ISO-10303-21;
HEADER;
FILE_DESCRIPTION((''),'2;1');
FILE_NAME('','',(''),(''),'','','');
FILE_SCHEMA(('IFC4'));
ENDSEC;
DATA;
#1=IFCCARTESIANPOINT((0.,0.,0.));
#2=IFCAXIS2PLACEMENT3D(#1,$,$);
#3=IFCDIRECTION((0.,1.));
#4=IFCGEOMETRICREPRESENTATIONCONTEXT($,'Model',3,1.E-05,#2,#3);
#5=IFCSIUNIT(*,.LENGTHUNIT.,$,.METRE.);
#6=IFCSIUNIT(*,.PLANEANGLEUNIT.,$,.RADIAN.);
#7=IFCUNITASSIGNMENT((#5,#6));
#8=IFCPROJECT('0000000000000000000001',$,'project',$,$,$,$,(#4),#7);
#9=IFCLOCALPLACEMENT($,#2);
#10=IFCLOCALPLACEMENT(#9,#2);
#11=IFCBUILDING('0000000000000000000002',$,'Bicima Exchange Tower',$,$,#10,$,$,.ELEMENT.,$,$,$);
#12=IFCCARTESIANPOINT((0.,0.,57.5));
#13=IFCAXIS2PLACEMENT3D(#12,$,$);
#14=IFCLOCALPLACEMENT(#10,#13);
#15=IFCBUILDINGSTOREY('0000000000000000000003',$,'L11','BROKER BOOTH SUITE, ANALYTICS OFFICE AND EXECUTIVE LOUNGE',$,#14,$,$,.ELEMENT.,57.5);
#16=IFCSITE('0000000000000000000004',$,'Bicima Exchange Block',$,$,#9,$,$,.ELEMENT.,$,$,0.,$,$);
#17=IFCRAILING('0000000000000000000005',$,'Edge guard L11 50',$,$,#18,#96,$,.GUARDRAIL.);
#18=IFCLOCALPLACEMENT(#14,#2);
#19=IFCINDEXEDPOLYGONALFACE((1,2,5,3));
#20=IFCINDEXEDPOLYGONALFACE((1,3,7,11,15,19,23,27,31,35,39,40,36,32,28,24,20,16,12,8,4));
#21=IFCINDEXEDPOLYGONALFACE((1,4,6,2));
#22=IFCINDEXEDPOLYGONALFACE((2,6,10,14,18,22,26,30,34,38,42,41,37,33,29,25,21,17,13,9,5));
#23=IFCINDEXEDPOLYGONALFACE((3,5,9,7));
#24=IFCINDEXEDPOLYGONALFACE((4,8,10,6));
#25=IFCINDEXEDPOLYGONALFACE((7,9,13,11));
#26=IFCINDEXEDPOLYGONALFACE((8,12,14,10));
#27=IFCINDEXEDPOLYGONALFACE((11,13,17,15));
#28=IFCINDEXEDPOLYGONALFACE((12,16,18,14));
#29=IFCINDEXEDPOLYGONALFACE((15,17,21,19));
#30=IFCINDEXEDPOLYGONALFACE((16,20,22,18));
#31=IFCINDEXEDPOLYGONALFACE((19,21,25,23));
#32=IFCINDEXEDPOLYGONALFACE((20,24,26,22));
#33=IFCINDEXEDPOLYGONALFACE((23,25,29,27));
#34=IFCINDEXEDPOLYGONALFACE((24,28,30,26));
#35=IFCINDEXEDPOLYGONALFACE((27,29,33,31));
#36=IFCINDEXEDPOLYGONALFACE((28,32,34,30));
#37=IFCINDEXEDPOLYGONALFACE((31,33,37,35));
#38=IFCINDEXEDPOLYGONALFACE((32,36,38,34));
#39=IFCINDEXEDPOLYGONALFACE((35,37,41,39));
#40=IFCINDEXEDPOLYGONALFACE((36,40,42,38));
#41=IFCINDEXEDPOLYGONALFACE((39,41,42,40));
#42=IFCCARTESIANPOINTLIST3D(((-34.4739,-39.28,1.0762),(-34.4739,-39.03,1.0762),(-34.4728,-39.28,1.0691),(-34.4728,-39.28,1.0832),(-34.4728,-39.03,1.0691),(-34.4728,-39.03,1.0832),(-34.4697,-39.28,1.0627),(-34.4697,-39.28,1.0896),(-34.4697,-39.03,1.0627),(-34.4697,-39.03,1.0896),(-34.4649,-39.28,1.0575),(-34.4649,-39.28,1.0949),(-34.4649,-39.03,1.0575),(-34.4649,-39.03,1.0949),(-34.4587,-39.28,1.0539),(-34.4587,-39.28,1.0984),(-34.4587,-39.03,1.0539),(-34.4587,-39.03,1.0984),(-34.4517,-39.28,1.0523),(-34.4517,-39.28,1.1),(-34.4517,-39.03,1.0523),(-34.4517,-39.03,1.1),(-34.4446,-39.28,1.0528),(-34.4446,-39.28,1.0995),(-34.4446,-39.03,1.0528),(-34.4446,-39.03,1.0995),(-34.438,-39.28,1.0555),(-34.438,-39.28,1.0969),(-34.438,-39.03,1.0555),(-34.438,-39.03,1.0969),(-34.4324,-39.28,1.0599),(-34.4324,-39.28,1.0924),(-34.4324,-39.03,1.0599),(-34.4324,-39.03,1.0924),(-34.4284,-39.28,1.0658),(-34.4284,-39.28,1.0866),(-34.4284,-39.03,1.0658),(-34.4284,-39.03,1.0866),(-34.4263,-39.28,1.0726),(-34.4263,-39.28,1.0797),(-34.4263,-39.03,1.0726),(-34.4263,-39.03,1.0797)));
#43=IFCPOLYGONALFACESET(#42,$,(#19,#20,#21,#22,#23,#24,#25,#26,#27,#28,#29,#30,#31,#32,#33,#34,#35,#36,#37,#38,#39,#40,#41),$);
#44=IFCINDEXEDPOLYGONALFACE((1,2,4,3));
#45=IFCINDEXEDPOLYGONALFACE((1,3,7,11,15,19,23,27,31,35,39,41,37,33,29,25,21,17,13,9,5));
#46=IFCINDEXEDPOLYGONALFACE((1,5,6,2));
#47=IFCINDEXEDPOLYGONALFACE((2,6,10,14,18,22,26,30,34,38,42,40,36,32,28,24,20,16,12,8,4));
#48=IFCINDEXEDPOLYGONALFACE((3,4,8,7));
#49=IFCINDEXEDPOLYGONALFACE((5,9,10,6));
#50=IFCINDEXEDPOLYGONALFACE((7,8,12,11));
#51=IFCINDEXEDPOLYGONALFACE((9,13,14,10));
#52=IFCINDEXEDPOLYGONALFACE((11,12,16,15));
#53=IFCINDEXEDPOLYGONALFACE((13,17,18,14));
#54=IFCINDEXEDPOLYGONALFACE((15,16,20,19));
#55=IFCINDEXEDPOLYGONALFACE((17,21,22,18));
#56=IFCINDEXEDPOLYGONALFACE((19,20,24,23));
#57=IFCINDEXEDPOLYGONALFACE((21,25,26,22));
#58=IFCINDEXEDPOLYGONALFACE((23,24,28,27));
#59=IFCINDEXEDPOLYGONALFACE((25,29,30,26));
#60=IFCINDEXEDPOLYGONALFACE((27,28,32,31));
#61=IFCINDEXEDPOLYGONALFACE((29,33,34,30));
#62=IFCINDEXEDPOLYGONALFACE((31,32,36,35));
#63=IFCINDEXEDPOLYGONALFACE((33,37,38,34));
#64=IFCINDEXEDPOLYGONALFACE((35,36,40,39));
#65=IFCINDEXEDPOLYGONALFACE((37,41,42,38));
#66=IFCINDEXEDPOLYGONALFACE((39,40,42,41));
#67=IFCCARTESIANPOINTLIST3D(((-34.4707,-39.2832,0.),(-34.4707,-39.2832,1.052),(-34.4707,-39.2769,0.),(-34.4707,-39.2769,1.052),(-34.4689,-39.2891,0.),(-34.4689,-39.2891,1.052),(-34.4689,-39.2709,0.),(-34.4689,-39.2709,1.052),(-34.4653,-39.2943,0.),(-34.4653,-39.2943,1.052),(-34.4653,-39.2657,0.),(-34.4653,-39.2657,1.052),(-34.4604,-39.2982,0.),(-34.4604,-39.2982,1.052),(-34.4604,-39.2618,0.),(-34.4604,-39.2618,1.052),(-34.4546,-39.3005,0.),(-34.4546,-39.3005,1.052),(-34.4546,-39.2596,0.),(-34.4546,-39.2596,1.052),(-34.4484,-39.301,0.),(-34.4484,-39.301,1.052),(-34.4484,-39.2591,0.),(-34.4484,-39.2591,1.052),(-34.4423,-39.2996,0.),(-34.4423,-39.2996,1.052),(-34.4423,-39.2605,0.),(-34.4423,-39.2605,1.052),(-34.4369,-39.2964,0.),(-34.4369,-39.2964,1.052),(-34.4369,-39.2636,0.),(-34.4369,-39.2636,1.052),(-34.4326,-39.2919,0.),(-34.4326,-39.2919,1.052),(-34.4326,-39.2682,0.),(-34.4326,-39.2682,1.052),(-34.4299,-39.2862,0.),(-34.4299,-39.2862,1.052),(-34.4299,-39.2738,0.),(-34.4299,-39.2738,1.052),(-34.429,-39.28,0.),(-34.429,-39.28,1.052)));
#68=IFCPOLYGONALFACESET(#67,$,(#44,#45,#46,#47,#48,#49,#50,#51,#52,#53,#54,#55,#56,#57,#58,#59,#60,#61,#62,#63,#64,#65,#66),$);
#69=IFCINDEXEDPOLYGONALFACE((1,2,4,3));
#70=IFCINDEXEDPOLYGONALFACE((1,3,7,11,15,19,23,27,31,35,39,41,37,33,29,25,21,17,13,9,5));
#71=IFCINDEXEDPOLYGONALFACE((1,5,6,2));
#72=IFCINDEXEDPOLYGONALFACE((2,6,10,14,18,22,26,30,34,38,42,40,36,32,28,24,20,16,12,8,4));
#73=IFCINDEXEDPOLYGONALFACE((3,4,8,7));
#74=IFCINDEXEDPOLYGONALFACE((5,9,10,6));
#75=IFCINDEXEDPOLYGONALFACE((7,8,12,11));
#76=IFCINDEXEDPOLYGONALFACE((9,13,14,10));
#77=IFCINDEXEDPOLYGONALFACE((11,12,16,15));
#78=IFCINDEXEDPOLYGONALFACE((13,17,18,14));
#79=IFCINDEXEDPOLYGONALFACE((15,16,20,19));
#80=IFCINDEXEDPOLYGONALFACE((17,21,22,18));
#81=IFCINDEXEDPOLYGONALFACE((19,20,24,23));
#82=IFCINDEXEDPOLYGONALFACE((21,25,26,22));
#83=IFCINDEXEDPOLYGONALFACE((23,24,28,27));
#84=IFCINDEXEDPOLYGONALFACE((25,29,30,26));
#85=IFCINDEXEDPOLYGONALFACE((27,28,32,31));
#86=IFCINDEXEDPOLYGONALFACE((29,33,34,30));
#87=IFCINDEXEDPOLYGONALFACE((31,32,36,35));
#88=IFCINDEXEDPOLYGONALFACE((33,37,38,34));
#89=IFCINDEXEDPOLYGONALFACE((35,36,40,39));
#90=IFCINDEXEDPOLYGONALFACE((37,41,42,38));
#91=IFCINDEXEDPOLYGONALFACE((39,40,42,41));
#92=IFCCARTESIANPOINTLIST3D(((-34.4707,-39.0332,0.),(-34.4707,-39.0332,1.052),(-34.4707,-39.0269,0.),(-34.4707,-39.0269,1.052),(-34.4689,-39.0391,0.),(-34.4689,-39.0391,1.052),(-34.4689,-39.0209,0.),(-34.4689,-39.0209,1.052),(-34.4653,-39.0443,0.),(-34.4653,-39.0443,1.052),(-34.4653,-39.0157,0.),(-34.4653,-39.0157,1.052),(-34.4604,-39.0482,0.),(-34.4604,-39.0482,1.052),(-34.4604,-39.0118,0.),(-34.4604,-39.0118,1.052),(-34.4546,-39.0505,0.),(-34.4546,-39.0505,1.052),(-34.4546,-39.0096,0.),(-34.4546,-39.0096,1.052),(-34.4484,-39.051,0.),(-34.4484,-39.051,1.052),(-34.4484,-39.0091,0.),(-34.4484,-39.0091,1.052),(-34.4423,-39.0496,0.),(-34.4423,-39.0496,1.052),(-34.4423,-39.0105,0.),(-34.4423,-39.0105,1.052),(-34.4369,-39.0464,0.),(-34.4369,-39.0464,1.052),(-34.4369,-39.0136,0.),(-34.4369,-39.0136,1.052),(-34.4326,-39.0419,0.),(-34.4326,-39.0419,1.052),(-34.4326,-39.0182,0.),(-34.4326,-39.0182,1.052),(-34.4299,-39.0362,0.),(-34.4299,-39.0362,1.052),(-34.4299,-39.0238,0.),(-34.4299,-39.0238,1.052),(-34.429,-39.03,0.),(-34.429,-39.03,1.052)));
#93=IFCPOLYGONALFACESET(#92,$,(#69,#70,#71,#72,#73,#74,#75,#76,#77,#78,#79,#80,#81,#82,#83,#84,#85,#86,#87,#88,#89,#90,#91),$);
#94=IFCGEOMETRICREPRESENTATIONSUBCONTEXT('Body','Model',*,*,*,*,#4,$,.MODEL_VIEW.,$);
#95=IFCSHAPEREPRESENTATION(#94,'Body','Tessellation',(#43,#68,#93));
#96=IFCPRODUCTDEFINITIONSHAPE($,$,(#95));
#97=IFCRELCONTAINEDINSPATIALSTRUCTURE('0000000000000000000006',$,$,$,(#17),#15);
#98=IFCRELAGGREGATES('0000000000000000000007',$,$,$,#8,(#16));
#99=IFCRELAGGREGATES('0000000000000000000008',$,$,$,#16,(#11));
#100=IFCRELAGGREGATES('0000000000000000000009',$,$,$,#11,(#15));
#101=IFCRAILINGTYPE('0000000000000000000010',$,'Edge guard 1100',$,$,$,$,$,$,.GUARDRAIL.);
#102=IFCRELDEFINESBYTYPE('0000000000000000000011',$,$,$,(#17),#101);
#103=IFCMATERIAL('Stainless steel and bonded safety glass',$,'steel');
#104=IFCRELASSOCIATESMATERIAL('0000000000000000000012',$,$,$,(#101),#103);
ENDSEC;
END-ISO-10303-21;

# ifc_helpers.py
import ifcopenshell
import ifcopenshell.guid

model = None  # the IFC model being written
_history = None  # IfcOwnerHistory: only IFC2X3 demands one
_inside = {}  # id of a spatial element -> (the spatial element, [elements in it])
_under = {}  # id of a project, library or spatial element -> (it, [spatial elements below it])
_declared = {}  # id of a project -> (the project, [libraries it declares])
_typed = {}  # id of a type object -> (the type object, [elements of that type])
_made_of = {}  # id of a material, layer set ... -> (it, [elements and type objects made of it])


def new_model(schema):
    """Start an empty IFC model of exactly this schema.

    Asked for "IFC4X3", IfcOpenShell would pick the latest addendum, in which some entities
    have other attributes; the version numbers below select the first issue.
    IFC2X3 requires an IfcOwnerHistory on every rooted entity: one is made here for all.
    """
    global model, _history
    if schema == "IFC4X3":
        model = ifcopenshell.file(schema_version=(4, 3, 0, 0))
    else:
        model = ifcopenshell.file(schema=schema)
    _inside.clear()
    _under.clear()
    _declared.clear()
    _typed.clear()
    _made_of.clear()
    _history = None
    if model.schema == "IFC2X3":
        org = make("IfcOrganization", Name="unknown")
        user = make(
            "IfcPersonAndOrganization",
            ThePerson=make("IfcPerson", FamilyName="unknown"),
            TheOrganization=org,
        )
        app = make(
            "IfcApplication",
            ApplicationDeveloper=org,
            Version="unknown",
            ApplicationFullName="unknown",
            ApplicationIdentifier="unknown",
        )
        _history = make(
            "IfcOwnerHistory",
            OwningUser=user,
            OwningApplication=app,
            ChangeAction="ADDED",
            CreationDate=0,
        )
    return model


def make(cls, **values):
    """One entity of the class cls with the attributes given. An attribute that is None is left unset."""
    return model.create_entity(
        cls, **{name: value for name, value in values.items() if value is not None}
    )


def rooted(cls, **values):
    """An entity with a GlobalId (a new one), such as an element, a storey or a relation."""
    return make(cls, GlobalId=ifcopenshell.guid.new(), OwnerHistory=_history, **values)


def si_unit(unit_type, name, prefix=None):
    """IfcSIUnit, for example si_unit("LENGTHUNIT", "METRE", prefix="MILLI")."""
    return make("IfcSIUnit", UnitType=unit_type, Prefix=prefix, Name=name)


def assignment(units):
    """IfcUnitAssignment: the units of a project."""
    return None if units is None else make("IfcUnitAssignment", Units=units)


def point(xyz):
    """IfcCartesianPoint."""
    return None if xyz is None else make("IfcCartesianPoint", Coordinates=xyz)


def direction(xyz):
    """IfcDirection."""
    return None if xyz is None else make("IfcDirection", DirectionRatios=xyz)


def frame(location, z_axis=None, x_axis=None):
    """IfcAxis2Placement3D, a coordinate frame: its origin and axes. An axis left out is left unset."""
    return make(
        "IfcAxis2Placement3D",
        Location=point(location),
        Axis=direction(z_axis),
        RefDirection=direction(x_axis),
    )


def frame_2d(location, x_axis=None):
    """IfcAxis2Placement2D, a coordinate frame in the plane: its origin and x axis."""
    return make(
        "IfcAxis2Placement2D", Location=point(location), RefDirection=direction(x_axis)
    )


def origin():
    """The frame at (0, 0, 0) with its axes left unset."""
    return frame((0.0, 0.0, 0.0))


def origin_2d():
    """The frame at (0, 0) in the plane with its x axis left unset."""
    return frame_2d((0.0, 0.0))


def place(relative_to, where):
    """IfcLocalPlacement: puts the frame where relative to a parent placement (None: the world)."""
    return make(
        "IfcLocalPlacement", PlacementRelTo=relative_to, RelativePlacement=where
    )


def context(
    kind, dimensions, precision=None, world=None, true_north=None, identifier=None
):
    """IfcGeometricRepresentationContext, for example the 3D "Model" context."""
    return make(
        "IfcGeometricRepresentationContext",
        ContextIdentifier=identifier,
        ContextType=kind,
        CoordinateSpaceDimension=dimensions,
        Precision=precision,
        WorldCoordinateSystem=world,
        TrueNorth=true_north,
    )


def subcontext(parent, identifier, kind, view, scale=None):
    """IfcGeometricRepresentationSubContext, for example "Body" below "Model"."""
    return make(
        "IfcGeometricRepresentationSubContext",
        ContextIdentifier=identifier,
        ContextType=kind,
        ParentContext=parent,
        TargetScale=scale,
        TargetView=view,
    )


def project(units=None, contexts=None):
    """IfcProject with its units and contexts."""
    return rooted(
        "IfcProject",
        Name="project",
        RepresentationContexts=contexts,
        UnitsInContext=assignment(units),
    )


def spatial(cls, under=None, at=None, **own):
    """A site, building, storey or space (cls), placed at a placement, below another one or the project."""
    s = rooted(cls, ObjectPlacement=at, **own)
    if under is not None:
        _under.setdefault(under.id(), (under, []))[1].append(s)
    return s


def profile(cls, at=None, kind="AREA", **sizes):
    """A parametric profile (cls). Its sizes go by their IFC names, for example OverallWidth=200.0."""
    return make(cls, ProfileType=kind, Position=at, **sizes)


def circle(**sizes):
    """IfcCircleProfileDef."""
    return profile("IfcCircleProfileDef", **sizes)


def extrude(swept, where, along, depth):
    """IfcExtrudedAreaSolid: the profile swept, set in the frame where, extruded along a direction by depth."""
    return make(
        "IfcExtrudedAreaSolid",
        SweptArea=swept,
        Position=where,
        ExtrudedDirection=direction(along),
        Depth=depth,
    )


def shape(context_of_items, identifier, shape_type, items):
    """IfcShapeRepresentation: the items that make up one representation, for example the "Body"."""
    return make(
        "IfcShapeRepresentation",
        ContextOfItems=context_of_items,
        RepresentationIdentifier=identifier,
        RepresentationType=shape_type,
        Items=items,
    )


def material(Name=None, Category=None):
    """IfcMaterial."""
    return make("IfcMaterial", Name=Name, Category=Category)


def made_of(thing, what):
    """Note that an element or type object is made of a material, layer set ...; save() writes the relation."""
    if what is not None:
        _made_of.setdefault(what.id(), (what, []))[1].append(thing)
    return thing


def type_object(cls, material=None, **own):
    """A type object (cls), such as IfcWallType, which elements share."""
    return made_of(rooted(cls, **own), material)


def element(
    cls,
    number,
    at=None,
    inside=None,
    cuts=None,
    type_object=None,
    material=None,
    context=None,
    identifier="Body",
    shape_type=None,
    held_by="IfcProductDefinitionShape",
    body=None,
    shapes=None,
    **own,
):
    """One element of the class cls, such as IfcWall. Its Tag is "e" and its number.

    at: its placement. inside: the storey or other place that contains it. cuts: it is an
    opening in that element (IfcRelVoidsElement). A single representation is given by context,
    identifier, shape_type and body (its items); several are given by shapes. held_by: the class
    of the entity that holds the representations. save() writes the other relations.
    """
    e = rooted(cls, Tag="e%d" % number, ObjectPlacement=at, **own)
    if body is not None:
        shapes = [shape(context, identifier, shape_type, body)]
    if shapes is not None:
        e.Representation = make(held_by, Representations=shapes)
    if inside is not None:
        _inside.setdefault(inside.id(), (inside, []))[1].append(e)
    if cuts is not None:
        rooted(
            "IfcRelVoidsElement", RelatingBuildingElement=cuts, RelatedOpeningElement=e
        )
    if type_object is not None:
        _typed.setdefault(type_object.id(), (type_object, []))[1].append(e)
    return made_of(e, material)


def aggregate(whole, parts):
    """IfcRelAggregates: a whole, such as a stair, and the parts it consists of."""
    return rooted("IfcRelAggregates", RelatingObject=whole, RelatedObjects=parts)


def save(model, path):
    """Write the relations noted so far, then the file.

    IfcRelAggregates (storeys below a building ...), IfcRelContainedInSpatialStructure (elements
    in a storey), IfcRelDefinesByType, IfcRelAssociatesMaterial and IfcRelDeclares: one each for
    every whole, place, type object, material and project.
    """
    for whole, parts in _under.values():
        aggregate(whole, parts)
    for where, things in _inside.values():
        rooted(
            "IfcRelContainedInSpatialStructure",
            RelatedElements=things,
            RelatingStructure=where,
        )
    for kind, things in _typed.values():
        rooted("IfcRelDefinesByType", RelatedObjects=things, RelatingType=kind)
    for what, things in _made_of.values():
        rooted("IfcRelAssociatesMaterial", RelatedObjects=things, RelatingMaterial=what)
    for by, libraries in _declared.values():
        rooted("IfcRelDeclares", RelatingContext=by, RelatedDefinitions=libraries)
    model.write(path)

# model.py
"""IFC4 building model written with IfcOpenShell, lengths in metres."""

from ifc_helpers import new_model, si_unit, direction, frame, origin, origin_2d, place, context, subcontext, project, spatial, circle, extrude, material, type_object, element, save


model = new_model("IFC4")

# Units and contexts
model_context = context("Model", 3, precision=1e-05, world=origin(), true_north=direction((0.0, 1.0)))
body_context = subcontext(model_context, "Body", "Model", "MODEL_VIEW")
ifc_project = project(units=[si_unit("LENGTHUNIT", "METRE"), si_unit("PLANEANGLEUNIT", "RADIAN")], contexts=[model_context])

# Site, building, storey
site_placement = place(None, origin())
site = spatial("IfcSite", under=ifc_project, at=site_placement, Name="Bicima Exchange Block", CompositionType="ELEMENT", RefElevation=0.0)
building_placement = place(site_placement, origin())
building = spatial("IfcBuilding", under=site, at=building_placement, Name="Bicima Exchange Tower", CompositionType="ELEMENT")
storey_placement = place(building_placement, frame((0.0, 0.0, 57.5)))
storey = spatial("IfcBuildingStorey", under=building, at=storey_placement, Name="L11", Description="BROKER BOOTH SUITE, ANALYTICS OFFICE AND EXECUTIVE LOUNGE", CompositionType="ELEMENT", Elevation=57.5)

# Railing
ifc_material_1 = material(Name="Stainless steel and bonded safety glass", Category="steel")
railing_type = type_object("IfcRailingType", Name="Edge guard 1100", PredefinedType="GUARDRAIL", material=ifc_material_1)
railing_1_placement = place(storey_placement, frame((-34.45, -39.28, 0.0)))
element("IfcRailing", 1, at=railing_1_placement, inside=storey, type_object=railing_type, Name="Edge guard L11 50", PredefinedType="GUARDRAIL", context=body_context, shape_type="SweptSolid", body=[
    extrude(circle(Radius=0.0239, at=origin_2d()), frame((0.0, 0.0, 1.0762), z_axis=(0.0, 1.0, 0.0), x_axis=(-1.0, 0.0, 0.0)), (0.0, 0.0, 1.0), 0.25),
    extrude(circle(Radius=0.021, at=origin_2d()), origin(), (0.0, 0.0, 1.0), 1.052),
    extrude(circle(Radius=0.021, at=origin_2d()), frame((0.0, 0.25, 0.0)), (0.0, 0.0, 1.0), 1.052),
])

save(model, "model.ifc")
